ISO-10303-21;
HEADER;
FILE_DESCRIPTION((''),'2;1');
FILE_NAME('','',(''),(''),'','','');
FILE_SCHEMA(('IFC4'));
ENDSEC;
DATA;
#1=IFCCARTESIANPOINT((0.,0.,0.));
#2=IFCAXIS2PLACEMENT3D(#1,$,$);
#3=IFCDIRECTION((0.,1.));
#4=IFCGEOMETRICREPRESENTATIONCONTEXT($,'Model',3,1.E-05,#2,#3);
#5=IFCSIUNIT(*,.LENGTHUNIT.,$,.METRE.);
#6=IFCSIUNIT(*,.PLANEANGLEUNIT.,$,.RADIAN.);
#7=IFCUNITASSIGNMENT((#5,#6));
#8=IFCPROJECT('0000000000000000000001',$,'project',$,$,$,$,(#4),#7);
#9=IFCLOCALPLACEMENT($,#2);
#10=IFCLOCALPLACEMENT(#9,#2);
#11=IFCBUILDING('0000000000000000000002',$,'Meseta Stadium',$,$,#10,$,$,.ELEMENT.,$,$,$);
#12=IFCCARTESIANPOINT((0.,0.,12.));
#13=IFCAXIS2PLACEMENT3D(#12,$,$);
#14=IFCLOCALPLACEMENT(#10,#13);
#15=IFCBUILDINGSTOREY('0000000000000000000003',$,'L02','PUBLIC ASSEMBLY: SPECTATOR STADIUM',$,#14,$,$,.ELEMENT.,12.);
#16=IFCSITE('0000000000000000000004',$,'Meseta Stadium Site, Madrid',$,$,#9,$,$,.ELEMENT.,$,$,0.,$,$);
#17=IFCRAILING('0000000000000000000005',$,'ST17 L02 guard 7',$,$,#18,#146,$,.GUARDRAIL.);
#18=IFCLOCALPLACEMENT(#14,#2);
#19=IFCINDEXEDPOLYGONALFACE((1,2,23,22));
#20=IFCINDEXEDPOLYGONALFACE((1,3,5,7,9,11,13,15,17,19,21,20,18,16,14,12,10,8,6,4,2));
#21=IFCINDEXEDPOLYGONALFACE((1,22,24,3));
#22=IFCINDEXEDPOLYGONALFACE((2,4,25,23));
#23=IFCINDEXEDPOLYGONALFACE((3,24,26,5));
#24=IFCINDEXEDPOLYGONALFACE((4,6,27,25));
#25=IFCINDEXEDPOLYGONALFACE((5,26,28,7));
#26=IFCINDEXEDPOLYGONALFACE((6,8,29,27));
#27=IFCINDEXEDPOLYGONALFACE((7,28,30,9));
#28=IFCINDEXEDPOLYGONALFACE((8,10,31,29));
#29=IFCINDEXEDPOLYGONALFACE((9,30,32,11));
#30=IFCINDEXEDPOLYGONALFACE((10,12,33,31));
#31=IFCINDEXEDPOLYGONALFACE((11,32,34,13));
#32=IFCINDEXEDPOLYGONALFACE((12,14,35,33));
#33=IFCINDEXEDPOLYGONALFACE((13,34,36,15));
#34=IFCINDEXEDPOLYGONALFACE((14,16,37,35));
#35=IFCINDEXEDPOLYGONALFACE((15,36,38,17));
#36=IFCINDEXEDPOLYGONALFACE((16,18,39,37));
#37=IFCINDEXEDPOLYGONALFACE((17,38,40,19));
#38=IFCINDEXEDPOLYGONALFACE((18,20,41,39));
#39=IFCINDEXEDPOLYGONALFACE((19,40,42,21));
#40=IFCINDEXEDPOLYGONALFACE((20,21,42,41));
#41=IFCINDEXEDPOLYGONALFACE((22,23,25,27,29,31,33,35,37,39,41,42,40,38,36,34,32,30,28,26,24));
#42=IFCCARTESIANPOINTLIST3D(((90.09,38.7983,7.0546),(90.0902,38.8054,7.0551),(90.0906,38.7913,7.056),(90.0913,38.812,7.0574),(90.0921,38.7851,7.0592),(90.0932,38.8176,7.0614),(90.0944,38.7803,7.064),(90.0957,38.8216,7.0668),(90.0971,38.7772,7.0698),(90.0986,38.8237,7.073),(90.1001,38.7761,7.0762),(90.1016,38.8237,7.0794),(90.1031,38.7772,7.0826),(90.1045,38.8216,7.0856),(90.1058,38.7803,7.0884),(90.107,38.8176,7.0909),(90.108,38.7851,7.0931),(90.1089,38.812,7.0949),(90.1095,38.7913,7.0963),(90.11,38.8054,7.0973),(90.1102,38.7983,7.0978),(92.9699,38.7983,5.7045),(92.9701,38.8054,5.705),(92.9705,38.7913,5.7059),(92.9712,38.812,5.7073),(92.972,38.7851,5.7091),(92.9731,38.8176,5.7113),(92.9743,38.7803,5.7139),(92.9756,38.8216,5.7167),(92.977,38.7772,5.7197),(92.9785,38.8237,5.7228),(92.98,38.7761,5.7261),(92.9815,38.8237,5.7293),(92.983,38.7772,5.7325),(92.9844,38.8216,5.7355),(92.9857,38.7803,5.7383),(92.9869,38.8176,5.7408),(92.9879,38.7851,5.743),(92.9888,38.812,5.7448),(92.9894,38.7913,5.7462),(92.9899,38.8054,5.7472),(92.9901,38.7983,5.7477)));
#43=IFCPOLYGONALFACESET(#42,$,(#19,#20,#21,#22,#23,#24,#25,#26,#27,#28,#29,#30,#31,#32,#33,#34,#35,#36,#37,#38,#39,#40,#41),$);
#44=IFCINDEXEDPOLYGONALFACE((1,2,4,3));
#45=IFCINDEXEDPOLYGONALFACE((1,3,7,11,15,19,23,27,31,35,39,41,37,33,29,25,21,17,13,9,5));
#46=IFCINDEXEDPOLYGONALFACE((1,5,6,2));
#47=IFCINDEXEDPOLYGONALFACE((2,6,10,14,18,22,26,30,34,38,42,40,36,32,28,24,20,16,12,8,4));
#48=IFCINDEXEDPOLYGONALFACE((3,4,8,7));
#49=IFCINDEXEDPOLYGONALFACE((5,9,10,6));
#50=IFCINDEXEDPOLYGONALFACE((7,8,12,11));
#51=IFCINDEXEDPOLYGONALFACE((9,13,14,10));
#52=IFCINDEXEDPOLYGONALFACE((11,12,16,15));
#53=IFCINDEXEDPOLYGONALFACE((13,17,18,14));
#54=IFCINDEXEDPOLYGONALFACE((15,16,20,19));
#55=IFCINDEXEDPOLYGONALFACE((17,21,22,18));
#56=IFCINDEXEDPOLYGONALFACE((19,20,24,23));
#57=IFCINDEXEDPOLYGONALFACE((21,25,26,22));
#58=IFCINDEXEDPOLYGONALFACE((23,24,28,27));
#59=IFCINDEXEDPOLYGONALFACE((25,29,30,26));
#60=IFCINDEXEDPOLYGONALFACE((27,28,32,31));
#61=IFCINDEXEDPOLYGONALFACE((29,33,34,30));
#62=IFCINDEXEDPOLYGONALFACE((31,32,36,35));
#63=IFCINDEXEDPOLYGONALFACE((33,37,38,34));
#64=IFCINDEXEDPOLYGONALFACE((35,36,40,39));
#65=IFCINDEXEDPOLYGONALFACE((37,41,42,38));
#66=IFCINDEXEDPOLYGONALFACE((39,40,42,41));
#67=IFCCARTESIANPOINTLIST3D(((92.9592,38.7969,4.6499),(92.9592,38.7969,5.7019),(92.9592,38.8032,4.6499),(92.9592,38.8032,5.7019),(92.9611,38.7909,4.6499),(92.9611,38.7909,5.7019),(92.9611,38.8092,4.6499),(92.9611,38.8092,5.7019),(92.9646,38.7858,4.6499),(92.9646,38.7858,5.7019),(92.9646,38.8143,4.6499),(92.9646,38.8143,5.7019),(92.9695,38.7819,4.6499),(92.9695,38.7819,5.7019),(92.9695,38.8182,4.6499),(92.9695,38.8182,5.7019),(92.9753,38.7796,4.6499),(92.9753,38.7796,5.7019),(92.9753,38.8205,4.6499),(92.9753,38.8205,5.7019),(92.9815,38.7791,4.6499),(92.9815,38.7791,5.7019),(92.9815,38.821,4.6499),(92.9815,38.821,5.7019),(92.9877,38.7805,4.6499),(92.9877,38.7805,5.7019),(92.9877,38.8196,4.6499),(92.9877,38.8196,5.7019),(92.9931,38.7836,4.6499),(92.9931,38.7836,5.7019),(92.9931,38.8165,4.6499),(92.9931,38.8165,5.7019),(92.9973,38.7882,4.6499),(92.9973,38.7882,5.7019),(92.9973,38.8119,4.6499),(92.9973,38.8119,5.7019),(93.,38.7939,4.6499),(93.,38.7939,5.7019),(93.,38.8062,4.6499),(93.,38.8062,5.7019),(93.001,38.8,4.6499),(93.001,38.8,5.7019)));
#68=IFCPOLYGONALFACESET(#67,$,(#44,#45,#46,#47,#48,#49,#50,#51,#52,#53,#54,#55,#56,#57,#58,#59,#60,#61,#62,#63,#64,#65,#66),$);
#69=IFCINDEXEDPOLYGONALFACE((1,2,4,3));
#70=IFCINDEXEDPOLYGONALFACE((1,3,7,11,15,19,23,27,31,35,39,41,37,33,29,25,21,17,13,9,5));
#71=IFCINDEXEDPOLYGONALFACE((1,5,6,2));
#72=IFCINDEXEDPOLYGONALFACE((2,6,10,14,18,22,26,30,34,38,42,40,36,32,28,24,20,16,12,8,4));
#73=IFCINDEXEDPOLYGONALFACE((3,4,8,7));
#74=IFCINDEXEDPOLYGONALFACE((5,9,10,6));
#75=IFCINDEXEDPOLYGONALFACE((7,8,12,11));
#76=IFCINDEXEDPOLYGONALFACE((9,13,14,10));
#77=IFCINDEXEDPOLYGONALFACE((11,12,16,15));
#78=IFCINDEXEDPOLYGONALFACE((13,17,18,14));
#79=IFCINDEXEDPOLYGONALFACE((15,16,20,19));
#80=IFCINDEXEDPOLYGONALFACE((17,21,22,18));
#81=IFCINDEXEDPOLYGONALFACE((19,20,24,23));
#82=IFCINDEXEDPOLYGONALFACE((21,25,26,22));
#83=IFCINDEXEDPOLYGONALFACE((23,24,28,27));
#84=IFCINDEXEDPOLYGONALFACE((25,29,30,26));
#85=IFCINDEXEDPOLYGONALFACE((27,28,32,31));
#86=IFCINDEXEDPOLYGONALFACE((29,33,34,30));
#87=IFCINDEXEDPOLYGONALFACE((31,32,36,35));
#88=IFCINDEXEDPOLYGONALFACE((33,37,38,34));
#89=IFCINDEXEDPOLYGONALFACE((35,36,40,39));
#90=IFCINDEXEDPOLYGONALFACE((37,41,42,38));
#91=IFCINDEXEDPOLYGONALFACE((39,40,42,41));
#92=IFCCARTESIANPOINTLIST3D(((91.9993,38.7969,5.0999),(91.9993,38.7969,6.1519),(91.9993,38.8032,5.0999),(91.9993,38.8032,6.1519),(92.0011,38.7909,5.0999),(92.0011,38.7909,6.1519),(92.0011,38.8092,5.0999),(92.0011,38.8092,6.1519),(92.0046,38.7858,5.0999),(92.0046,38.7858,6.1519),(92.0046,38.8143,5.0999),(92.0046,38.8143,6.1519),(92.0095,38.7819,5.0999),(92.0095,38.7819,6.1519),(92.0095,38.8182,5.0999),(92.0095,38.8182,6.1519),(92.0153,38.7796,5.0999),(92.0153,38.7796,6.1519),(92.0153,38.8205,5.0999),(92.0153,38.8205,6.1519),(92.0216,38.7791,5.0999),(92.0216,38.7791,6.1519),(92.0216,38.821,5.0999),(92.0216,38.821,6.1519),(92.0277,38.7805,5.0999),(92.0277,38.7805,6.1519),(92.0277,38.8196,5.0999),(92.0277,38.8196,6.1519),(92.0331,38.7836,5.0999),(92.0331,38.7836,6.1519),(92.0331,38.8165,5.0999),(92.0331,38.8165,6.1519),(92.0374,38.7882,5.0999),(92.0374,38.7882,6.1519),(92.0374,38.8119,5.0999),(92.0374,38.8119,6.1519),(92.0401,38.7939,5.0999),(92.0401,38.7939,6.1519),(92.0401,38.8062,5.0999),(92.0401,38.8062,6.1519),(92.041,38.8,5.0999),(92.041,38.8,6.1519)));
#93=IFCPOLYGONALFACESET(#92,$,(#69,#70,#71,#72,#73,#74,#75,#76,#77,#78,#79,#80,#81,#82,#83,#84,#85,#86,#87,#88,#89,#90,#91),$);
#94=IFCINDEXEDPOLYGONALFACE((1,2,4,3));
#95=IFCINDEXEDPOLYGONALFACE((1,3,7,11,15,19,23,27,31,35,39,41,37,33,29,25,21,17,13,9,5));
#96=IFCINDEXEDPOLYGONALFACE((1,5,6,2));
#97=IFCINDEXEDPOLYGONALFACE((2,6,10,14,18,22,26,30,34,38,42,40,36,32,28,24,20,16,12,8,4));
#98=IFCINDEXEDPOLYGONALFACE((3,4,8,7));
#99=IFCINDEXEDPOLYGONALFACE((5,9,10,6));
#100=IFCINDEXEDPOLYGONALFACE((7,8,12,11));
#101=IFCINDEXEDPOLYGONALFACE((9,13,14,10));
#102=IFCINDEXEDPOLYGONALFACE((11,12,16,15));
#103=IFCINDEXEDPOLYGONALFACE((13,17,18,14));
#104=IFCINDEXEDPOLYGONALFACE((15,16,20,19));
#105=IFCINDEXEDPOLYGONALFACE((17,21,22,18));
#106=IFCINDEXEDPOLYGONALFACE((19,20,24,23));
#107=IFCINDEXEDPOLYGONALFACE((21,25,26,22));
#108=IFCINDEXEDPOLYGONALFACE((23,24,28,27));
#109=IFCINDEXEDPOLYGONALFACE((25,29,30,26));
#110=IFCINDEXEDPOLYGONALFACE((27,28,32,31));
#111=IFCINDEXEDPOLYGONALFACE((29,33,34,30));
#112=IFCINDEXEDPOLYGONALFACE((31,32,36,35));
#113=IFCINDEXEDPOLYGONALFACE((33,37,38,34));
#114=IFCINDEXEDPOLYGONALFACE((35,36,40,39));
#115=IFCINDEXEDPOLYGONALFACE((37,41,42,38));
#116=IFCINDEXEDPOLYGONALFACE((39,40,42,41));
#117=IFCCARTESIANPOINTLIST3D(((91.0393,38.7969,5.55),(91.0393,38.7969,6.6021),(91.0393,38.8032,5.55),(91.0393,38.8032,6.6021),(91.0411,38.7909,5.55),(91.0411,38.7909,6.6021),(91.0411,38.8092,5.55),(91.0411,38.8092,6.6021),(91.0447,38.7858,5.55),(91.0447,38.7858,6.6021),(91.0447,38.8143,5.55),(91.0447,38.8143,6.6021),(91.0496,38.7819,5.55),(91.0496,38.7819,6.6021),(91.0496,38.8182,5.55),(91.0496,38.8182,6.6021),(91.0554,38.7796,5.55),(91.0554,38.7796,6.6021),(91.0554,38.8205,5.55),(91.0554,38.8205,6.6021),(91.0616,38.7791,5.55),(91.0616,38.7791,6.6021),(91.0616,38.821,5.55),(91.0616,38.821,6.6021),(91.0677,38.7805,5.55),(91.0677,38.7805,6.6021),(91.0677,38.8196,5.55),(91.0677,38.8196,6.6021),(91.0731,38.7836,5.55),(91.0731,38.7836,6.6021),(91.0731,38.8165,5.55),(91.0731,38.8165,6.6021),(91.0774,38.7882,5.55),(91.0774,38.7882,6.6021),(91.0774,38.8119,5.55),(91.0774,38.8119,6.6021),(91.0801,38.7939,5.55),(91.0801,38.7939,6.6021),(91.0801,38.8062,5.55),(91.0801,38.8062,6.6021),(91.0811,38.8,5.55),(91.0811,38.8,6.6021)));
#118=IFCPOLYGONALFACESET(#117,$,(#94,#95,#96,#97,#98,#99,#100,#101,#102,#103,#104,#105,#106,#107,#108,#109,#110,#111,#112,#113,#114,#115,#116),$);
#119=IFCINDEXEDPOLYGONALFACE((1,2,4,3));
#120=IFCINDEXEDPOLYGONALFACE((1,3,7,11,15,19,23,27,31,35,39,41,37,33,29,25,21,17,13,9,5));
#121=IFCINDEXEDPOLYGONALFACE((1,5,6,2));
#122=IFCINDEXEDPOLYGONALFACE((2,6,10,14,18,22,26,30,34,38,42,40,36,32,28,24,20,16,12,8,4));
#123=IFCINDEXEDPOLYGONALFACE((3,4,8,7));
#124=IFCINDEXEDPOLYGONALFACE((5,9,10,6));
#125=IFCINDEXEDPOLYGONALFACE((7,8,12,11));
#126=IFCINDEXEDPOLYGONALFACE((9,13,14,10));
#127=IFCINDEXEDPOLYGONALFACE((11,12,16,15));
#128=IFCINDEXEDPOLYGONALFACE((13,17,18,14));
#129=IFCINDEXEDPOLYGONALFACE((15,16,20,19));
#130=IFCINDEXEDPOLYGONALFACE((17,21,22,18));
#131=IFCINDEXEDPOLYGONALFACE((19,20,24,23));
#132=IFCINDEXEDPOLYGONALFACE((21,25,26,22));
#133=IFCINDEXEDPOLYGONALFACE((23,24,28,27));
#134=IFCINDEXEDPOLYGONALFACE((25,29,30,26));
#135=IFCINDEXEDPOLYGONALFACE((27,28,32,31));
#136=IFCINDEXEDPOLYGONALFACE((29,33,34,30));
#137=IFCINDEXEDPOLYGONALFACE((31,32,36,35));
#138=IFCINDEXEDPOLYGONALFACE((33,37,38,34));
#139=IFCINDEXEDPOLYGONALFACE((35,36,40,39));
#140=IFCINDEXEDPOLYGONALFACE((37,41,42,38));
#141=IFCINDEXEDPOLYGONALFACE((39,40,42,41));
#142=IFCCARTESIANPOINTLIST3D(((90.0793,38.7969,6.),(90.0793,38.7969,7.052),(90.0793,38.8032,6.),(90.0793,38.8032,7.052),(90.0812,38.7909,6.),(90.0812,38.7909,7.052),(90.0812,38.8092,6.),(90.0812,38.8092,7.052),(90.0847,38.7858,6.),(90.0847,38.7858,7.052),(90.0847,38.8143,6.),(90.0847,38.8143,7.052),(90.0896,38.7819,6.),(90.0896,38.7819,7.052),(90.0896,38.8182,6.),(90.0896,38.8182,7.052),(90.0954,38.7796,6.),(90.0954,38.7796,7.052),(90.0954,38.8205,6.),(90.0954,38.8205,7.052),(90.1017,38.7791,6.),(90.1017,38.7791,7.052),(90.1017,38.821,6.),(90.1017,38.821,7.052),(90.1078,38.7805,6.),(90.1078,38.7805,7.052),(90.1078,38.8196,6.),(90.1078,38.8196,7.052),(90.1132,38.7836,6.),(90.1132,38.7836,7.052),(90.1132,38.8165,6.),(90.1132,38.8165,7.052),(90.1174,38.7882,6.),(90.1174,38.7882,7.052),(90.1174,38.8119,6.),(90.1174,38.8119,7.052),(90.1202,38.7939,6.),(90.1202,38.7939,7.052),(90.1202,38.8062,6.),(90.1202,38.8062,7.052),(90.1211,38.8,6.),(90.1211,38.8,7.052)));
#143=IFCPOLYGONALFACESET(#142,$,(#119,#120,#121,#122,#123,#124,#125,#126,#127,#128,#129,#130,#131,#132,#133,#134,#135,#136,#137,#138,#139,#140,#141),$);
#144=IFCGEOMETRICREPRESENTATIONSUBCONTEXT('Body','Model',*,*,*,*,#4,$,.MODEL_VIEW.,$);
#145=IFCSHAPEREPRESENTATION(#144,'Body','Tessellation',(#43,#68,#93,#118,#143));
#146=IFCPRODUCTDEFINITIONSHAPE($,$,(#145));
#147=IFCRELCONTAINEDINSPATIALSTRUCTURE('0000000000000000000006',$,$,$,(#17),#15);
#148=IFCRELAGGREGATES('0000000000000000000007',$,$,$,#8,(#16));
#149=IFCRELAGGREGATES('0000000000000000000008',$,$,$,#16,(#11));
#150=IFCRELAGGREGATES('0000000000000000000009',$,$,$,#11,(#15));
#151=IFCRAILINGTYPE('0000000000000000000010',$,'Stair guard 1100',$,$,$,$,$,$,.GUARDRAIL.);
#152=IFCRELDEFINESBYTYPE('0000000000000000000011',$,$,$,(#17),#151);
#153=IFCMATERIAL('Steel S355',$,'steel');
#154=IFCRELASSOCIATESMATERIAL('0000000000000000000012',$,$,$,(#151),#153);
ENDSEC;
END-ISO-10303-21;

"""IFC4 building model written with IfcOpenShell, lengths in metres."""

from ifc_helpers import new_model, si_unit, direction, frame, origin, origin_2d, place, context, subcontext, project, spatial, circle, extrude, material, type_object, element, save


model = new_model("IFC4")

# Units and contexts
model_context = context("Model", 3, precision=1e-05, world=origin(), true_north=direction((0.0, 1.0)))
body_context = subcontext(model_context, "Body", "Model", "MODEL_VIEW")
ifc_project = project(units=[si_unit("LENGTHUNIT", "METRE"), si_unit("PLANEANGLEUNIT", "RADIAN")], contexts=[model_context])

# Site, building, storey
site_placement = place(None, origin())
site = spatial("IfcSite", under=ifc_project, at=site_placement, Name="Meseta Stadium Site, Madrid", CompositionType="ELEMENT", RefElevation=0.0)
building_placement = place(site_placement, origin())
building = spatial("IfcBuilding", under=site, at=building_placement, Name="Meseta Stadium", CompositionType="ELEMENT")
storey_placement = place(building_placement, frame((0.0, 0.0, 12.0)))
storey = spatial("IfcBuildingStorey", under=building, at=storey_placement, Name="L02", Description="PUBLIC ASSEMBLY: SPECTATOR STADIUM", CompositionType="ELEMENT", Elevation=12.0)

# Railing
ifc_material_1 = material(Name="Steel S355", Category="steel")
railing_type_1 = type_object("IfcRailingType", Name="Stair guard 1100", PredefinedType="GUARDRAIL", material=ifc_material_1)
railing_1_placement = place(storey_placement, frame((92.98, 38.8, 4.6499)))
element("IfcRailing", 1, at=railing_1_placement, inside=storey, type_object=railing_type_1, Name="ST17 L02 guard 7", PredefinedType="GUARDRAIL", context=body_context, shape_type="SweptSolid", body=[
    extrude(circle(Radius=0.0239, at=origin_2d()), frame((0.0, 0.0, 1.0762), z_axis=(-0.90544, 0.0, 0.424473), x_axis=(0.0, -1.0, 0.0)), (0.0, 0.0, 1.0), 3.1807),
    extrude(circle(Radius=0.021, at=origin_2d()), origin(), (0.0, 0.0, 1.0), 1.052),
    extrude(circle(Radius=0.021, at=origin_2d()), frame((-0.96, 0.0, 0.45)), (0.0, 0.0, 1.0), 1.052),
    extrude(circle(Radius=0.021, at=origin_2d()), frame((-1.9199, 0.0, 0.9001)), (0.0, 0.0, 1.0), 1.052),
    extrude(circle(Radius=0.021, at=origin_2d()), frame((-2.8799, 0.0, 1.3501)), (0.0, 0.0, 1.0), 1.052),
])

save(model, "model.ifc")
